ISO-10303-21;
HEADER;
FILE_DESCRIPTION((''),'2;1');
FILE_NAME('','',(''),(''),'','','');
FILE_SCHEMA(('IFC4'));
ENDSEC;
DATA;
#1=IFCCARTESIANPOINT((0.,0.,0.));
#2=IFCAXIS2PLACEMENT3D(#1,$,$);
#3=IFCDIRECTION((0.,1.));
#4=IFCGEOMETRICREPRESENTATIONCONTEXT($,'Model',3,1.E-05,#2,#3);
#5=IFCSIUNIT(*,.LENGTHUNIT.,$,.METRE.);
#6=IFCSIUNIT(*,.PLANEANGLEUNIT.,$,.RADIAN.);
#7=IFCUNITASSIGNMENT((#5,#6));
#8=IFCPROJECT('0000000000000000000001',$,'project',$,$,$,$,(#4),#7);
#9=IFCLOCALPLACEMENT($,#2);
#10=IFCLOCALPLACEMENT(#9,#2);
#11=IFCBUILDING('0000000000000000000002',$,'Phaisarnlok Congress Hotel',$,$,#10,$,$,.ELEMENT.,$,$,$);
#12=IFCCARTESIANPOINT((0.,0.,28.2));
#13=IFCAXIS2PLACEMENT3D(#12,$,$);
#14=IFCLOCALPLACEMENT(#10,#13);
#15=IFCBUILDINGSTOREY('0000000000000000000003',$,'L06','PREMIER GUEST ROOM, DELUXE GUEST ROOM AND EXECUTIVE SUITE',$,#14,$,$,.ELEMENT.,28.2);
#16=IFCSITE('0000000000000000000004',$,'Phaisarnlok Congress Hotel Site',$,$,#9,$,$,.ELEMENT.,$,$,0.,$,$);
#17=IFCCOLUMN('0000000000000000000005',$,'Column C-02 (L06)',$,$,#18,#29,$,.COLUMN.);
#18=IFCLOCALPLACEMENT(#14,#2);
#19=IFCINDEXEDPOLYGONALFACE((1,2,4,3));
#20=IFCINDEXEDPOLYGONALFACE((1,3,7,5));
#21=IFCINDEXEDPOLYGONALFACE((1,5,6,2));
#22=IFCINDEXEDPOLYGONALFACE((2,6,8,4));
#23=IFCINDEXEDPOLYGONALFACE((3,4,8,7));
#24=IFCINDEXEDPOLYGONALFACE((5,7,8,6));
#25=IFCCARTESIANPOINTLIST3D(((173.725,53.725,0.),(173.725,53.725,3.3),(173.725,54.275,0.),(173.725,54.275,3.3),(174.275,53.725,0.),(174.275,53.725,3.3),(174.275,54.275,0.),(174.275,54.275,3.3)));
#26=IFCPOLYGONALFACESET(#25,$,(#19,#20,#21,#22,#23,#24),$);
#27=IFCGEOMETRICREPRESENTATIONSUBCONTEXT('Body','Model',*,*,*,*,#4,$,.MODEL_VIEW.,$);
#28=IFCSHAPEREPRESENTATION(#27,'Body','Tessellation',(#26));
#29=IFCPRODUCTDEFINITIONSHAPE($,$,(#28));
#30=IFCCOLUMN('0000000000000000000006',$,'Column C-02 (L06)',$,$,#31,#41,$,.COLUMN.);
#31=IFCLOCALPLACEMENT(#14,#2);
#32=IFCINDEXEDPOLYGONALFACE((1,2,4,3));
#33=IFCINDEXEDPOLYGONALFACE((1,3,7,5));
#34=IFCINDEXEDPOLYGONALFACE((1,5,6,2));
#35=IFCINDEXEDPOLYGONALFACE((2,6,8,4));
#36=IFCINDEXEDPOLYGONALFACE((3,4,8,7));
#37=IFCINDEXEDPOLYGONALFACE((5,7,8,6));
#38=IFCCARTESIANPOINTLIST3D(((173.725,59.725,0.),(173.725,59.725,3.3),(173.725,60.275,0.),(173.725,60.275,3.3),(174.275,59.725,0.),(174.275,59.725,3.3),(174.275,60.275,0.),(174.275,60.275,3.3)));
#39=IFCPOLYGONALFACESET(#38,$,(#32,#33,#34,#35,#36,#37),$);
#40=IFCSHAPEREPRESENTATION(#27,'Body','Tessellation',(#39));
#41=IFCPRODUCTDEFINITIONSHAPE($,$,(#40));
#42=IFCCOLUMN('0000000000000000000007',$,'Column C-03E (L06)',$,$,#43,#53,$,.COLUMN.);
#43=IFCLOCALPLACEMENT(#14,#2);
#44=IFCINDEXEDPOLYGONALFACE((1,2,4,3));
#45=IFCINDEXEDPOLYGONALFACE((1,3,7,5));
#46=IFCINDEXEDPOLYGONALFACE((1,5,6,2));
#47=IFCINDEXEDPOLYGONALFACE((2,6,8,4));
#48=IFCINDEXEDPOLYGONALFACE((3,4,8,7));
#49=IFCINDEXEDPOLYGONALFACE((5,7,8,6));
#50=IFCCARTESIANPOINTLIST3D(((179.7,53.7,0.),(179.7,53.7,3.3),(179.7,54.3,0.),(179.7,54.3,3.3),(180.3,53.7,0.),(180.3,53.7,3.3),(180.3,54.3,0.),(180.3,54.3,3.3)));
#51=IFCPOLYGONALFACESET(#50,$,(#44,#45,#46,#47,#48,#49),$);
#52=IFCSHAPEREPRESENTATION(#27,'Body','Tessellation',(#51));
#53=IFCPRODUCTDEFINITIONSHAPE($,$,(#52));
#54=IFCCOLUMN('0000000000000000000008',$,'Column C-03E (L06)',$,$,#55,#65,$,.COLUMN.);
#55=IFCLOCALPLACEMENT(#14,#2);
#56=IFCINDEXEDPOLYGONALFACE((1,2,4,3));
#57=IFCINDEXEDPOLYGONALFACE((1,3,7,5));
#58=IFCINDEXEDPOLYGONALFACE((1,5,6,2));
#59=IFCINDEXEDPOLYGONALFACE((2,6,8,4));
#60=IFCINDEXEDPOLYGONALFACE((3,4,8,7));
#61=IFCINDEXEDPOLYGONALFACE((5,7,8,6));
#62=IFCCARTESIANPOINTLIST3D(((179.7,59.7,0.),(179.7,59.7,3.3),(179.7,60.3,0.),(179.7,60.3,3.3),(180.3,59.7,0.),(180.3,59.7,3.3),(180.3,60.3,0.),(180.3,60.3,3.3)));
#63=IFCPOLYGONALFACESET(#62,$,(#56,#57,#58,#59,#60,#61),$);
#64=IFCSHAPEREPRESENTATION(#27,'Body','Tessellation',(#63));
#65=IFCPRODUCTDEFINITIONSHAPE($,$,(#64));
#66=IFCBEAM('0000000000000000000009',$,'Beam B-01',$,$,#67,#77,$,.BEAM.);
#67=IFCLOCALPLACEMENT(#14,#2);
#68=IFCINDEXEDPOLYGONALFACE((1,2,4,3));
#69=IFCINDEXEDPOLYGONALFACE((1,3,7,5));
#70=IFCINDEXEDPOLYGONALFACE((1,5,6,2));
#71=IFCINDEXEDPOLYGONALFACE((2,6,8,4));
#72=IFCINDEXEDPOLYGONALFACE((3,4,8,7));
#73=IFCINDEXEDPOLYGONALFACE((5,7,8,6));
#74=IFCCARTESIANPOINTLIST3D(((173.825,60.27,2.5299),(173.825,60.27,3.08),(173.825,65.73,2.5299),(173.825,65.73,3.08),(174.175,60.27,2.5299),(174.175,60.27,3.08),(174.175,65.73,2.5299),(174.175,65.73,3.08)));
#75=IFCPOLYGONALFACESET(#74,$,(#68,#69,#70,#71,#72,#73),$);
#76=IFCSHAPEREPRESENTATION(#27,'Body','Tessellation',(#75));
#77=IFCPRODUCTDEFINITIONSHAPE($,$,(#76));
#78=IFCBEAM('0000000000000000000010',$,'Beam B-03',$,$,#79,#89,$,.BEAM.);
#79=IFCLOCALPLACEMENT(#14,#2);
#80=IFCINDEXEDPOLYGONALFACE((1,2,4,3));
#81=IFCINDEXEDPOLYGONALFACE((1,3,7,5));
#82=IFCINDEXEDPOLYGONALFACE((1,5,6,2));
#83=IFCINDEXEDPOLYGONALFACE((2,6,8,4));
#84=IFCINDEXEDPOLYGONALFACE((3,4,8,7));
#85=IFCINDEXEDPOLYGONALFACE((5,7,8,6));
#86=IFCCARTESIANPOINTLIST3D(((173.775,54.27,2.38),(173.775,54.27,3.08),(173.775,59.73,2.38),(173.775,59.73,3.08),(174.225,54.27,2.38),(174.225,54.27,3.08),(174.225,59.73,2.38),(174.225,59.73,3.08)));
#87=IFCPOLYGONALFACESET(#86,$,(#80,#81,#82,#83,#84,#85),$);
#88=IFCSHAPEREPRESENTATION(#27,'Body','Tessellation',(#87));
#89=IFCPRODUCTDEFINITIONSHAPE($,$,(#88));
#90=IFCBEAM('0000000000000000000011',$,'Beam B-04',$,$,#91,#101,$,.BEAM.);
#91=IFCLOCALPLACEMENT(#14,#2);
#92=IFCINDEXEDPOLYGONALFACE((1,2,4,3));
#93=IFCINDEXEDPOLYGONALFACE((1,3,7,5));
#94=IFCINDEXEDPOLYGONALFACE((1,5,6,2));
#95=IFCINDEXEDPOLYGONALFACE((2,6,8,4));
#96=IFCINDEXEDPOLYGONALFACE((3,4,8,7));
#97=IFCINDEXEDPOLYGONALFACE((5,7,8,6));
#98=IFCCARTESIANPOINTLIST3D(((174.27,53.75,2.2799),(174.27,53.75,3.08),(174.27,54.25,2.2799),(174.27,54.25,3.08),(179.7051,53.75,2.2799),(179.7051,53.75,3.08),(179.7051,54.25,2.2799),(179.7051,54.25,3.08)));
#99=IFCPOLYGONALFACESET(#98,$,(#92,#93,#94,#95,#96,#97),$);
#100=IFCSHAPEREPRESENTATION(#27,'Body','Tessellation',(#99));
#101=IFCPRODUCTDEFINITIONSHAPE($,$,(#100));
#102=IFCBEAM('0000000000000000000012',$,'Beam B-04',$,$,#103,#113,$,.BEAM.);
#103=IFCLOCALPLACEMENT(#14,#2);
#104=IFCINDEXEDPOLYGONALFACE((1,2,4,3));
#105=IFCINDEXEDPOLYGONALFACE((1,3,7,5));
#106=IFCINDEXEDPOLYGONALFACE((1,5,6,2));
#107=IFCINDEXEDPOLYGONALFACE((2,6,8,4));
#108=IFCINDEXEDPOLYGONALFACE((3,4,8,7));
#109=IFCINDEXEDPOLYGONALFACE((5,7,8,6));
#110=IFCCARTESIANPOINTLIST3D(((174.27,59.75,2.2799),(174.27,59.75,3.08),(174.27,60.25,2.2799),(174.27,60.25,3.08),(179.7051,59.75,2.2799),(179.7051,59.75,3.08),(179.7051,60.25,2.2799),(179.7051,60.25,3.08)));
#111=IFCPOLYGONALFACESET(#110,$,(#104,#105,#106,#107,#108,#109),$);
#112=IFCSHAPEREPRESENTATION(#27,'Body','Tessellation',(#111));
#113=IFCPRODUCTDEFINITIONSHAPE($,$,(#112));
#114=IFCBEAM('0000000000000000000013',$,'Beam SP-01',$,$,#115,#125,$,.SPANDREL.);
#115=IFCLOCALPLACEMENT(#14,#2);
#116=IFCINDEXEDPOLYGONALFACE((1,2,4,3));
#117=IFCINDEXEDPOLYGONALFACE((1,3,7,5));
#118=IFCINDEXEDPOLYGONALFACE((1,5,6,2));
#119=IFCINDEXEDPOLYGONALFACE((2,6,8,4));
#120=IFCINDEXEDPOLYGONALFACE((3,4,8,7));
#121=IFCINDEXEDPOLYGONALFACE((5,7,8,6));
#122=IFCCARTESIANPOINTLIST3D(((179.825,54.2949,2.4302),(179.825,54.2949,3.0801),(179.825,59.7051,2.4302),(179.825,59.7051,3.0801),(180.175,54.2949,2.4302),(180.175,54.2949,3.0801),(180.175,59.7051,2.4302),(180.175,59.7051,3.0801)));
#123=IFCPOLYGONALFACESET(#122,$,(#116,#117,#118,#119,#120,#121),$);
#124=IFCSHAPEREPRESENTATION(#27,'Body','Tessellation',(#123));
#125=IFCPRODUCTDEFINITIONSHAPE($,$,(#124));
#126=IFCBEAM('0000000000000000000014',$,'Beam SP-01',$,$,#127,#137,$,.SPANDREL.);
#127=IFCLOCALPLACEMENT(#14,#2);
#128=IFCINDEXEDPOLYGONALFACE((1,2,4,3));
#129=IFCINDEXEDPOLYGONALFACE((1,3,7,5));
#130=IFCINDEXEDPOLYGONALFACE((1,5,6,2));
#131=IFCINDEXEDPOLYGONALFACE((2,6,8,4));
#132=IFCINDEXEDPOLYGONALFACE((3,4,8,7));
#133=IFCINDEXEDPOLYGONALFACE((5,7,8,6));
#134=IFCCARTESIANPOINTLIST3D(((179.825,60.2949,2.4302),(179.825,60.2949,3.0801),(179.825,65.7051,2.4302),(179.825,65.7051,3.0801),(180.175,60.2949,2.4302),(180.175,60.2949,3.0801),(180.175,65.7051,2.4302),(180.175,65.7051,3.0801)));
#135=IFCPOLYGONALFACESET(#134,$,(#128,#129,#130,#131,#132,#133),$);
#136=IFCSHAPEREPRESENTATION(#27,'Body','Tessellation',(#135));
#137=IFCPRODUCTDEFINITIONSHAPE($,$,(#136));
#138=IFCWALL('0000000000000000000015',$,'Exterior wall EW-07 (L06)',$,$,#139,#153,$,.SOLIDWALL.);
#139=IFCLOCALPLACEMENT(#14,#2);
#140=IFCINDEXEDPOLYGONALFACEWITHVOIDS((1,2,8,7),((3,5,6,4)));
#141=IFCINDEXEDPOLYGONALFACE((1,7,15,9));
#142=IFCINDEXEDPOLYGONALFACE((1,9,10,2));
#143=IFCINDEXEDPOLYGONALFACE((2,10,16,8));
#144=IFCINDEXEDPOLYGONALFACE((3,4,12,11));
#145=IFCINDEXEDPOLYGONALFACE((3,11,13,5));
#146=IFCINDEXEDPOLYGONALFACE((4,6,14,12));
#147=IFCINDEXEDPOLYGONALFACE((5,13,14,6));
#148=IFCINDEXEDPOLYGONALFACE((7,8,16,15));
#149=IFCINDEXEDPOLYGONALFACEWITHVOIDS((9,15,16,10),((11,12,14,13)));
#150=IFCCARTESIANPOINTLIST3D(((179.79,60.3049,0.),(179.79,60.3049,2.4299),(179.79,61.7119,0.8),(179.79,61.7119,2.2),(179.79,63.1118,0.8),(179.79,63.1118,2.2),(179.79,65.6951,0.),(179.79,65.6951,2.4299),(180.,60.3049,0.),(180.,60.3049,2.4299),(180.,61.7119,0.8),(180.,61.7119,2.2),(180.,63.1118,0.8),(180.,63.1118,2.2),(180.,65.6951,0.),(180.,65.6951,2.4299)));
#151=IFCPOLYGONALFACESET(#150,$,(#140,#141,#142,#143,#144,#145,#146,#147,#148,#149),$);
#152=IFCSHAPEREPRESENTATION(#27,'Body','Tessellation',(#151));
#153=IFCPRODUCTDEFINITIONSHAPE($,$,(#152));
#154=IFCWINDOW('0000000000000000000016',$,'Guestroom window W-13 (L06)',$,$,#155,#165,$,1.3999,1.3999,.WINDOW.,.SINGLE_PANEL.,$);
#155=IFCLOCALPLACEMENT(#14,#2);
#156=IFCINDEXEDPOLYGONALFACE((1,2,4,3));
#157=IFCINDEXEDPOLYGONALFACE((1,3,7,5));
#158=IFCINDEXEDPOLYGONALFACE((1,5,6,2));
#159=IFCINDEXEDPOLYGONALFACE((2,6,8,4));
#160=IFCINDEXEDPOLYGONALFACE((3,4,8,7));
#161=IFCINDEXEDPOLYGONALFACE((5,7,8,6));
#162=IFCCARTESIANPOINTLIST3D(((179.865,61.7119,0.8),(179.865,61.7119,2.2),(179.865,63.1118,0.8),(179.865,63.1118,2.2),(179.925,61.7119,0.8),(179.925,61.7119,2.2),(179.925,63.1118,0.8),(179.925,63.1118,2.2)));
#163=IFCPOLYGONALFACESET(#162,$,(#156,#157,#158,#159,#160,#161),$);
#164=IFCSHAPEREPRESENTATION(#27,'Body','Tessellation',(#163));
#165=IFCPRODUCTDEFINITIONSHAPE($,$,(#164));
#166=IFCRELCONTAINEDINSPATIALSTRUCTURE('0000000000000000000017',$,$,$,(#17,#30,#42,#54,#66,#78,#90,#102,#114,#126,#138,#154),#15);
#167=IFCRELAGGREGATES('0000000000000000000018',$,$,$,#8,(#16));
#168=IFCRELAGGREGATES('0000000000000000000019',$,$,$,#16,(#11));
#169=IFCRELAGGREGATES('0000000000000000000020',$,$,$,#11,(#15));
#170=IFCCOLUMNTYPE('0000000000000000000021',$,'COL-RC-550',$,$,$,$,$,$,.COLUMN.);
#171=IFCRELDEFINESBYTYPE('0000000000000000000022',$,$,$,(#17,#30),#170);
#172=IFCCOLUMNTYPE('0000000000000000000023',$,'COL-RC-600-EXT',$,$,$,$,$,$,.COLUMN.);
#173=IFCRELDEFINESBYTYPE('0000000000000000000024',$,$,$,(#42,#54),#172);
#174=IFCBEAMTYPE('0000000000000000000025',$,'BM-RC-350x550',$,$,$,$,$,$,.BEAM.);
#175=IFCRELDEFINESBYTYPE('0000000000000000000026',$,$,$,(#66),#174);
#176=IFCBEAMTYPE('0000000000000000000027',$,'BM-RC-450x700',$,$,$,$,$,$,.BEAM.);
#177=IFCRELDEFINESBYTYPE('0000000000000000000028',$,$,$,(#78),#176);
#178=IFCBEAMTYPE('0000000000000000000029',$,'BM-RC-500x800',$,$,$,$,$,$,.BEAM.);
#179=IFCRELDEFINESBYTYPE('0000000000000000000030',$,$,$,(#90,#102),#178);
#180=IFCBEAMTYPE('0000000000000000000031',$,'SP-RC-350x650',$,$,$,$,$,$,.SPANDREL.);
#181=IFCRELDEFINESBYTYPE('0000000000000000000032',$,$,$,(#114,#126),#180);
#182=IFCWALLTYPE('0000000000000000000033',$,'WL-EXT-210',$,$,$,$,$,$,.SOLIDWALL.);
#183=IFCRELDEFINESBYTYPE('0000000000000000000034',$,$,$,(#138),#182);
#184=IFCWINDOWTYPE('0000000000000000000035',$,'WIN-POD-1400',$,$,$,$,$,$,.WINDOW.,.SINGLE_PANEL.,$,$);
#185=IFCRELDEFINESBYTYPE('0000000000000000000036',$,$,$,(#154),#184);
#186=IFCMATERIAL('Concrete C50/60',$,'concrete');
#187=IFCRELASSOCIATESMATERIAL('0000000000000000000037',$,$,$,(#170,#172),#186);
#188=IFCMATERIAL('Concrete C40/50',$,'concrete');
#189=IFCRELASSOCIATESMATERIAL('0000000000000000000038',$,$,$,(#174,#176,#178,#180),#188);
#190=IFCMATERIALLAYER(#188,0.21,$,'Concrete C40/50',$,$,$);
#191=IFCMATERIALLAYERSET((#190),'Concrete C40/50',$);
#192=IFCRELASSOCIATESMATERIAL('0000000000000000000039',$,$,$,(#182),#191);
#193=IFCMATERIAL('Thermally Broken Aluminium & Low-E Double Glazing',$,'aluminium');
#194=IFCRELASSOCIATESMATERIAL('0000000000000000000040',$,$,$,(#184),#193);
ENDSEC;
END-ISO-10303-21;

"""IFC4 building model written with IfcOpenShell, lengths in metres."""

from ifc_helpers import new_model, si_unit, direction, frame, frame_2d, origin, origin_2d, place, context, subcontext, project, spatial, rectangle, extrude, material, layer, layer_set, material_profile, profile_set, type_object, element, fill, save


model = new_model("IFC4")

# Units and contexts
model_context = context("Model", 3, precision=1e-05, world=origin(), true_north=direction((0.0, 1.0)))
body_context = subcontext(model_context, "Body", "Model", "MODEL_VIEW")
ifc_project = project(units=[si_unit("LENGTHUNIT", "METRE"), si_unit("PLANEANGLEUNIT", "RADIAN")], contexts=[model_context])

# Site, building, storey
site_placement = place(None, origin())
site = spatial("IfcSite", under=ifc_project, at=site_placement, Name="Phaisarnlok Congress Hotel Site", CompositionType="ELEMENT", RefElevation=0.0)
building_placement = place(site_placement, origin())
building = spatial("IfcBuilding", under=site, at=building_placement, Name="Phaisarnlok Congress Hotel", CompositionType="ELEMENT")
storey_placement = place(building_placement, frame((0.0, 0.0, 28.2)))
storey = spatial("IfcBuildingStorey", under=building, at=storey_placement, Name="L06", Description="PREMIER GUEST ROOM, DELUXE GUEST ROOM AND EXECUTIVE SUITE", CompositionType="ELEMENT", Elevation=28.2)

# Columns
ifc_material_1 = material(Name="Concrete C50/60", Category="concrete")
ifc_material_profile_1 = material_profile(ifc_material_1, rectangle(XDim=0.55, YDim=0.55, at=origin_2d()), Name="RC 550x550")
ifc_profile_set_1 = profile_set([ifc_material_profile_1], Name="Concrete C50/60")
column_type_1 = type_object("IfcColumnType", Name="COL-RC-550", PredefinedType="COLUMN", material=ifc_profile_set_1)
for number, where, z_axis, x_axis, name in (
    (1, (174.0, 54.0, 0.0), (0.0, 0.0, 1.0), (1.0, 0.0, 0.0), "Column C-02 (L06)"),
    (2, (174.0, 60.0, 0.0), (0.0, 0.0, 1.0), (1.0, 0.0, 0.0), "Column C-02 (L06)"),
):
    element("IfcColumn", number, at=place(storey_placement, frame(where, z_axis=z_axis, x_axis=x_axis)), inside=storey, type_object=column_type_1, Name=name, PredefinedType="COLUMN", context=body_context, shape_type="SweptSolid", body=[
        extrude(rectangle(XDim=0.55, YDim=0.55, at=origin_2d()), origin(), (0.0, 0.0, 1.0), 3.3),
    ])
ifc_material_profile_2 = material_profile(ifc_material_1, rectangle(XDim=0.6001, YDim=0.6001, at=origin_2d()), Name="RC 600x600")
ifc_profile_set_2 = profile_set([ifc_material_profile_2], Name="Concrete C50/60")
column_type_2 = type_object("IfcColumnType", Name="COL-RC-600-EXT", PredefinedType="COLUMN", material=ifc_profile_set_2)
for number, where, z_axis, x_axis, name in (
    (3, (180.0, 54.0, 0.0), (0.0, 0.0, 1.0), (1.0, 0.0, 0.0), "Column C-03E (L06)"),
    (4, (180.0, 60.0, 0.0), (0.0, 0.0, 1.0), (1.0, 0.0, 0.0), "Column C-03E (L06)"),
):
    element("IfcColumn", number, at=place(storey_placement, frame(where, z_axis=z_axis, x_axis=x_axis)), inside=storey, type_object=column_type_2, Name=name, PredefinedType="COLUMN", context=body_context, shape_type="SweptSolid", body=[
        extrude(rectangle(XDim=0.6001, YDim=0.6001, at=origin_2d()), origin(), (0.0, 0.0, 1.0), 3.3),
    ])

# Beams
ifc_material_2 = material(Name="Concrete C40/50", Category="concrete")
ifc_material_profile_3 = material_profile(ifc_material_2, rectangle(XDim=0.3501, YDim=0.55, at=origin_2d()), Name="RC 350x550")
ifc_profile_set_3 = profile_set([ifc_material_profile_3], Name="Concrete C40/50")
beam_type_1 = type_object("IfcBeamType", Name="BM-RC-350x550", PredefinedType="BEAM", material=ifc_profile_set_3)
beam_1_placement = place(storey_placement, frame((174.0, 60.27, 2.8049), z_axis=(0.0, 1.0, 0.0), x_axis=(-1.0, 0.0, 0.0)))
element("IfcBeam", 5, at=beam_1_placement, inside=storey, type_object=beam_type_1, Name="Beam B-01", PredefinedType="BEAM", context=body_context, shape_type="SweptSolid", body=[
    extrude(rectangle(XDim=0.3501, YDim=0.55, at=origin_2d()), origin(), (0.0, 0.0, 1.0), 5.46),
])
ifc_material_profile_4 = material_profile(ifc_material_2, rectangle(XDim=0.45, YDim=0.7, at=origin_2d()), Name="RC 450x700")
ifc_profile_set_4 = profile_set([ifc_material_profile_4], Name="Concrete C40/50")
beam_type_2 = type_object("IfcBeamType", Name="BM-RC-450x700", PredefinedType="BEAM", material=ifc_profile_set_4)
beam_2_placement = place(storey_placement, frame((174.0, 54.27, 2.73), z_axis=(0.0, 1.0, 0.0), x_axis=(-1.0, 0.0, 0.0)))
element("IfcBeam", 6, at=beam_2_placement, inside=storey, type_object=beam_type_2, Name="Beam B-03", PredefinedType="BEAM", context=body_context, shape_type="SweptSolid", body=[
    extrude(rectangle(XDim=0.45, YDim=0.7, at=origin_2d()), origin(), (0.0, 0.0, 1.0), 5.46),
])
ifc_material_profile_5 = material_profile(ifc_material_2, rectangle(XDim=0.5, YDim=0.8, at=origin_2d()), Name="RC 500x800")
ifc_profile_set_5 = profile_set([ifc_material_profile_5], Name="Concrete C40/50")
beam_type_3 = type_object("IfcBeamType", Name="BM-RC-500x800", PredefinedType="BEAM", material=ifc_profile_set_5)
for number, where, z_axis, x_axis, name in (
    (7, (174.27, 54.0, 2.6799), (1.0, 0.0, 0.0), (0.0, 1.0, 0.0), "Beam B-04"),
    (8, (174.27, 60.0, 2.6799), (1.0, 0.0, 0.0), (0.0, 1.0, 0.0), "Beam B-04"),
):
    element("IfcBeam", number, at=place(storey_placement, frame(where, z_axis=z_axis, x_axis=x_axis)), inside=storey, type_object=beam_type_3, Name=name, PredefinedType="BEAM", context=body_context, shape_type="SweptSolid", body=[
        extrude(rectangle(XDim=0.5, YDim=0.8, at=origin_2d()), origin(), (0.0, 0.0, 1.0), 5.4351),
    ])
ifc_material_profile_6 = material_profile(ifc_material_2, rectangle(XDim=0.3501, YDim=0.6499, at=origin_2d()), Name="RC 350x650")
ifc_profile_set_6 = profile_set([ifc_material_profile_6], Name="Concrete C40/50")
beam_type_4 = type_object("IfcBeamType", Name="SP-RC-350x650", PredefinedType="SPANDREL", material=ifc_profile_set_6)
for number, where, z_axis, x_axis, name in (
    (9, (180.0, 54.2949, 2.7551), (0.0, 1.0, 0.0), (-1.0, 0.0, 0.0), "Beam SP-01"),
    (10, (180.0, 60.2949, 2.7551), (0.0, 1.0, 0.0), (-1.0, 0.0, 0.0), "Beam SP-01"),
):
    element("IfcBeam", number, at=place(storey_placement, frame(where, z_axis=z_axis, x_axis=x_axis)), inside=storey, type_object=beam_type_4, Name=name, PredefinedType="SPANDREL", context=body_context, shape_type="SweptSolid", body=[
        extrude(rectangle(XDim=0.3501, YDim=0.6499, at=origin_2d()), origin(), (0.0, 0.0, 1.0), 5.4102),
    ])

# Wall, opening, window
ifc_layer_1 = layer(ifc_material_2, 0.21, Name="Concrete C40/50")
ifc_layer_set_1 = layer_set([ifc_layer_1], Name="Concrete C40/50")
wall_type_1 = type_object("IfcWallType", Name="WL-EXT-210", PredefinedType="SOLIDWALL", material=ifc_layer_set_1)
wall_1_placement = place(storey_placement, frame((179.895, 60.3049, 0.0), z_axis=(0.0, 0.0, 1.0), x_axis=(0.0, 1.0, 0.0)))
wall_1 = element("IfcWall", 11, at=wall_1_placement, inside=storey, type_object=wall_type_1, Name="Exterior wall EW-07 (L06)", PredefinedType="SOLIDWALL", context=body_context, shape_type="SweptSolid", body=[
    extrude(rectangle(XDim=5.3901, YDim=0.21, at=frame_2d((2.6951, 0.0))), origin(), (0.0, 0.0, 1.0), 2.4299),
])
opening_1_placement = place(wall_1_placement, frame((1.407, 0.0, 0.8)))
opening_1 = element("IfcOpeningElement", 12, at=opening_1_placement, cuts=wall_1, PredefinedType="OPENING", context=body_context, shape_type="SweptSolid", body=[
    extrude(rectangle(XDim=1.3999, YDim=1.3999, at=frame_2d((0.7, 0.7))), frame((0.0, 0.115, 0.0), z_axis=(0.0, -1.0, 0.0), x_axis=(1.0, 0.0, 0.0)), (0.0, 0.0, 1.0), 0.23),
])
ifc_material_3 = material(Name="Thermally Broken Aluminium & Low-E Double Glazing", Category="aluminium")
window_type = type_object("IfcWindowType", Name="WIN-POD-1400", PartitioningType="SINGLE_PANEL", PredefinedType="WINDOW", material=ifc_material_3)
window_1_placement = place(opening_1_placement, origin())
window_1 = element("IfcWindow", 13, at=window_1_placement, inside=storey, type_object=window_type, Name="Guestroom window W-13 (L06)", OverallHeight=1.3999, OverallWidth=1.3999, PartitioningType="SINGLE_PANEL", PredefinedType="WINDOW", context=body_context, shape_type="SweptSolid", body=[
    extrude(rectangle(XDim=1.3999, YDim=1.3999, at=frame_2d((0.7, 0.7))), frame((0.0, 0.03, 0.0), z_axis=(0.0, -1.0, 0.0), x_axis=(1.0, 0.0, 0.0)), (0.0, 0.0, 1.0), 0.0601),
])
fill(opening_1, window_1)

save(model, "model.ifc")
